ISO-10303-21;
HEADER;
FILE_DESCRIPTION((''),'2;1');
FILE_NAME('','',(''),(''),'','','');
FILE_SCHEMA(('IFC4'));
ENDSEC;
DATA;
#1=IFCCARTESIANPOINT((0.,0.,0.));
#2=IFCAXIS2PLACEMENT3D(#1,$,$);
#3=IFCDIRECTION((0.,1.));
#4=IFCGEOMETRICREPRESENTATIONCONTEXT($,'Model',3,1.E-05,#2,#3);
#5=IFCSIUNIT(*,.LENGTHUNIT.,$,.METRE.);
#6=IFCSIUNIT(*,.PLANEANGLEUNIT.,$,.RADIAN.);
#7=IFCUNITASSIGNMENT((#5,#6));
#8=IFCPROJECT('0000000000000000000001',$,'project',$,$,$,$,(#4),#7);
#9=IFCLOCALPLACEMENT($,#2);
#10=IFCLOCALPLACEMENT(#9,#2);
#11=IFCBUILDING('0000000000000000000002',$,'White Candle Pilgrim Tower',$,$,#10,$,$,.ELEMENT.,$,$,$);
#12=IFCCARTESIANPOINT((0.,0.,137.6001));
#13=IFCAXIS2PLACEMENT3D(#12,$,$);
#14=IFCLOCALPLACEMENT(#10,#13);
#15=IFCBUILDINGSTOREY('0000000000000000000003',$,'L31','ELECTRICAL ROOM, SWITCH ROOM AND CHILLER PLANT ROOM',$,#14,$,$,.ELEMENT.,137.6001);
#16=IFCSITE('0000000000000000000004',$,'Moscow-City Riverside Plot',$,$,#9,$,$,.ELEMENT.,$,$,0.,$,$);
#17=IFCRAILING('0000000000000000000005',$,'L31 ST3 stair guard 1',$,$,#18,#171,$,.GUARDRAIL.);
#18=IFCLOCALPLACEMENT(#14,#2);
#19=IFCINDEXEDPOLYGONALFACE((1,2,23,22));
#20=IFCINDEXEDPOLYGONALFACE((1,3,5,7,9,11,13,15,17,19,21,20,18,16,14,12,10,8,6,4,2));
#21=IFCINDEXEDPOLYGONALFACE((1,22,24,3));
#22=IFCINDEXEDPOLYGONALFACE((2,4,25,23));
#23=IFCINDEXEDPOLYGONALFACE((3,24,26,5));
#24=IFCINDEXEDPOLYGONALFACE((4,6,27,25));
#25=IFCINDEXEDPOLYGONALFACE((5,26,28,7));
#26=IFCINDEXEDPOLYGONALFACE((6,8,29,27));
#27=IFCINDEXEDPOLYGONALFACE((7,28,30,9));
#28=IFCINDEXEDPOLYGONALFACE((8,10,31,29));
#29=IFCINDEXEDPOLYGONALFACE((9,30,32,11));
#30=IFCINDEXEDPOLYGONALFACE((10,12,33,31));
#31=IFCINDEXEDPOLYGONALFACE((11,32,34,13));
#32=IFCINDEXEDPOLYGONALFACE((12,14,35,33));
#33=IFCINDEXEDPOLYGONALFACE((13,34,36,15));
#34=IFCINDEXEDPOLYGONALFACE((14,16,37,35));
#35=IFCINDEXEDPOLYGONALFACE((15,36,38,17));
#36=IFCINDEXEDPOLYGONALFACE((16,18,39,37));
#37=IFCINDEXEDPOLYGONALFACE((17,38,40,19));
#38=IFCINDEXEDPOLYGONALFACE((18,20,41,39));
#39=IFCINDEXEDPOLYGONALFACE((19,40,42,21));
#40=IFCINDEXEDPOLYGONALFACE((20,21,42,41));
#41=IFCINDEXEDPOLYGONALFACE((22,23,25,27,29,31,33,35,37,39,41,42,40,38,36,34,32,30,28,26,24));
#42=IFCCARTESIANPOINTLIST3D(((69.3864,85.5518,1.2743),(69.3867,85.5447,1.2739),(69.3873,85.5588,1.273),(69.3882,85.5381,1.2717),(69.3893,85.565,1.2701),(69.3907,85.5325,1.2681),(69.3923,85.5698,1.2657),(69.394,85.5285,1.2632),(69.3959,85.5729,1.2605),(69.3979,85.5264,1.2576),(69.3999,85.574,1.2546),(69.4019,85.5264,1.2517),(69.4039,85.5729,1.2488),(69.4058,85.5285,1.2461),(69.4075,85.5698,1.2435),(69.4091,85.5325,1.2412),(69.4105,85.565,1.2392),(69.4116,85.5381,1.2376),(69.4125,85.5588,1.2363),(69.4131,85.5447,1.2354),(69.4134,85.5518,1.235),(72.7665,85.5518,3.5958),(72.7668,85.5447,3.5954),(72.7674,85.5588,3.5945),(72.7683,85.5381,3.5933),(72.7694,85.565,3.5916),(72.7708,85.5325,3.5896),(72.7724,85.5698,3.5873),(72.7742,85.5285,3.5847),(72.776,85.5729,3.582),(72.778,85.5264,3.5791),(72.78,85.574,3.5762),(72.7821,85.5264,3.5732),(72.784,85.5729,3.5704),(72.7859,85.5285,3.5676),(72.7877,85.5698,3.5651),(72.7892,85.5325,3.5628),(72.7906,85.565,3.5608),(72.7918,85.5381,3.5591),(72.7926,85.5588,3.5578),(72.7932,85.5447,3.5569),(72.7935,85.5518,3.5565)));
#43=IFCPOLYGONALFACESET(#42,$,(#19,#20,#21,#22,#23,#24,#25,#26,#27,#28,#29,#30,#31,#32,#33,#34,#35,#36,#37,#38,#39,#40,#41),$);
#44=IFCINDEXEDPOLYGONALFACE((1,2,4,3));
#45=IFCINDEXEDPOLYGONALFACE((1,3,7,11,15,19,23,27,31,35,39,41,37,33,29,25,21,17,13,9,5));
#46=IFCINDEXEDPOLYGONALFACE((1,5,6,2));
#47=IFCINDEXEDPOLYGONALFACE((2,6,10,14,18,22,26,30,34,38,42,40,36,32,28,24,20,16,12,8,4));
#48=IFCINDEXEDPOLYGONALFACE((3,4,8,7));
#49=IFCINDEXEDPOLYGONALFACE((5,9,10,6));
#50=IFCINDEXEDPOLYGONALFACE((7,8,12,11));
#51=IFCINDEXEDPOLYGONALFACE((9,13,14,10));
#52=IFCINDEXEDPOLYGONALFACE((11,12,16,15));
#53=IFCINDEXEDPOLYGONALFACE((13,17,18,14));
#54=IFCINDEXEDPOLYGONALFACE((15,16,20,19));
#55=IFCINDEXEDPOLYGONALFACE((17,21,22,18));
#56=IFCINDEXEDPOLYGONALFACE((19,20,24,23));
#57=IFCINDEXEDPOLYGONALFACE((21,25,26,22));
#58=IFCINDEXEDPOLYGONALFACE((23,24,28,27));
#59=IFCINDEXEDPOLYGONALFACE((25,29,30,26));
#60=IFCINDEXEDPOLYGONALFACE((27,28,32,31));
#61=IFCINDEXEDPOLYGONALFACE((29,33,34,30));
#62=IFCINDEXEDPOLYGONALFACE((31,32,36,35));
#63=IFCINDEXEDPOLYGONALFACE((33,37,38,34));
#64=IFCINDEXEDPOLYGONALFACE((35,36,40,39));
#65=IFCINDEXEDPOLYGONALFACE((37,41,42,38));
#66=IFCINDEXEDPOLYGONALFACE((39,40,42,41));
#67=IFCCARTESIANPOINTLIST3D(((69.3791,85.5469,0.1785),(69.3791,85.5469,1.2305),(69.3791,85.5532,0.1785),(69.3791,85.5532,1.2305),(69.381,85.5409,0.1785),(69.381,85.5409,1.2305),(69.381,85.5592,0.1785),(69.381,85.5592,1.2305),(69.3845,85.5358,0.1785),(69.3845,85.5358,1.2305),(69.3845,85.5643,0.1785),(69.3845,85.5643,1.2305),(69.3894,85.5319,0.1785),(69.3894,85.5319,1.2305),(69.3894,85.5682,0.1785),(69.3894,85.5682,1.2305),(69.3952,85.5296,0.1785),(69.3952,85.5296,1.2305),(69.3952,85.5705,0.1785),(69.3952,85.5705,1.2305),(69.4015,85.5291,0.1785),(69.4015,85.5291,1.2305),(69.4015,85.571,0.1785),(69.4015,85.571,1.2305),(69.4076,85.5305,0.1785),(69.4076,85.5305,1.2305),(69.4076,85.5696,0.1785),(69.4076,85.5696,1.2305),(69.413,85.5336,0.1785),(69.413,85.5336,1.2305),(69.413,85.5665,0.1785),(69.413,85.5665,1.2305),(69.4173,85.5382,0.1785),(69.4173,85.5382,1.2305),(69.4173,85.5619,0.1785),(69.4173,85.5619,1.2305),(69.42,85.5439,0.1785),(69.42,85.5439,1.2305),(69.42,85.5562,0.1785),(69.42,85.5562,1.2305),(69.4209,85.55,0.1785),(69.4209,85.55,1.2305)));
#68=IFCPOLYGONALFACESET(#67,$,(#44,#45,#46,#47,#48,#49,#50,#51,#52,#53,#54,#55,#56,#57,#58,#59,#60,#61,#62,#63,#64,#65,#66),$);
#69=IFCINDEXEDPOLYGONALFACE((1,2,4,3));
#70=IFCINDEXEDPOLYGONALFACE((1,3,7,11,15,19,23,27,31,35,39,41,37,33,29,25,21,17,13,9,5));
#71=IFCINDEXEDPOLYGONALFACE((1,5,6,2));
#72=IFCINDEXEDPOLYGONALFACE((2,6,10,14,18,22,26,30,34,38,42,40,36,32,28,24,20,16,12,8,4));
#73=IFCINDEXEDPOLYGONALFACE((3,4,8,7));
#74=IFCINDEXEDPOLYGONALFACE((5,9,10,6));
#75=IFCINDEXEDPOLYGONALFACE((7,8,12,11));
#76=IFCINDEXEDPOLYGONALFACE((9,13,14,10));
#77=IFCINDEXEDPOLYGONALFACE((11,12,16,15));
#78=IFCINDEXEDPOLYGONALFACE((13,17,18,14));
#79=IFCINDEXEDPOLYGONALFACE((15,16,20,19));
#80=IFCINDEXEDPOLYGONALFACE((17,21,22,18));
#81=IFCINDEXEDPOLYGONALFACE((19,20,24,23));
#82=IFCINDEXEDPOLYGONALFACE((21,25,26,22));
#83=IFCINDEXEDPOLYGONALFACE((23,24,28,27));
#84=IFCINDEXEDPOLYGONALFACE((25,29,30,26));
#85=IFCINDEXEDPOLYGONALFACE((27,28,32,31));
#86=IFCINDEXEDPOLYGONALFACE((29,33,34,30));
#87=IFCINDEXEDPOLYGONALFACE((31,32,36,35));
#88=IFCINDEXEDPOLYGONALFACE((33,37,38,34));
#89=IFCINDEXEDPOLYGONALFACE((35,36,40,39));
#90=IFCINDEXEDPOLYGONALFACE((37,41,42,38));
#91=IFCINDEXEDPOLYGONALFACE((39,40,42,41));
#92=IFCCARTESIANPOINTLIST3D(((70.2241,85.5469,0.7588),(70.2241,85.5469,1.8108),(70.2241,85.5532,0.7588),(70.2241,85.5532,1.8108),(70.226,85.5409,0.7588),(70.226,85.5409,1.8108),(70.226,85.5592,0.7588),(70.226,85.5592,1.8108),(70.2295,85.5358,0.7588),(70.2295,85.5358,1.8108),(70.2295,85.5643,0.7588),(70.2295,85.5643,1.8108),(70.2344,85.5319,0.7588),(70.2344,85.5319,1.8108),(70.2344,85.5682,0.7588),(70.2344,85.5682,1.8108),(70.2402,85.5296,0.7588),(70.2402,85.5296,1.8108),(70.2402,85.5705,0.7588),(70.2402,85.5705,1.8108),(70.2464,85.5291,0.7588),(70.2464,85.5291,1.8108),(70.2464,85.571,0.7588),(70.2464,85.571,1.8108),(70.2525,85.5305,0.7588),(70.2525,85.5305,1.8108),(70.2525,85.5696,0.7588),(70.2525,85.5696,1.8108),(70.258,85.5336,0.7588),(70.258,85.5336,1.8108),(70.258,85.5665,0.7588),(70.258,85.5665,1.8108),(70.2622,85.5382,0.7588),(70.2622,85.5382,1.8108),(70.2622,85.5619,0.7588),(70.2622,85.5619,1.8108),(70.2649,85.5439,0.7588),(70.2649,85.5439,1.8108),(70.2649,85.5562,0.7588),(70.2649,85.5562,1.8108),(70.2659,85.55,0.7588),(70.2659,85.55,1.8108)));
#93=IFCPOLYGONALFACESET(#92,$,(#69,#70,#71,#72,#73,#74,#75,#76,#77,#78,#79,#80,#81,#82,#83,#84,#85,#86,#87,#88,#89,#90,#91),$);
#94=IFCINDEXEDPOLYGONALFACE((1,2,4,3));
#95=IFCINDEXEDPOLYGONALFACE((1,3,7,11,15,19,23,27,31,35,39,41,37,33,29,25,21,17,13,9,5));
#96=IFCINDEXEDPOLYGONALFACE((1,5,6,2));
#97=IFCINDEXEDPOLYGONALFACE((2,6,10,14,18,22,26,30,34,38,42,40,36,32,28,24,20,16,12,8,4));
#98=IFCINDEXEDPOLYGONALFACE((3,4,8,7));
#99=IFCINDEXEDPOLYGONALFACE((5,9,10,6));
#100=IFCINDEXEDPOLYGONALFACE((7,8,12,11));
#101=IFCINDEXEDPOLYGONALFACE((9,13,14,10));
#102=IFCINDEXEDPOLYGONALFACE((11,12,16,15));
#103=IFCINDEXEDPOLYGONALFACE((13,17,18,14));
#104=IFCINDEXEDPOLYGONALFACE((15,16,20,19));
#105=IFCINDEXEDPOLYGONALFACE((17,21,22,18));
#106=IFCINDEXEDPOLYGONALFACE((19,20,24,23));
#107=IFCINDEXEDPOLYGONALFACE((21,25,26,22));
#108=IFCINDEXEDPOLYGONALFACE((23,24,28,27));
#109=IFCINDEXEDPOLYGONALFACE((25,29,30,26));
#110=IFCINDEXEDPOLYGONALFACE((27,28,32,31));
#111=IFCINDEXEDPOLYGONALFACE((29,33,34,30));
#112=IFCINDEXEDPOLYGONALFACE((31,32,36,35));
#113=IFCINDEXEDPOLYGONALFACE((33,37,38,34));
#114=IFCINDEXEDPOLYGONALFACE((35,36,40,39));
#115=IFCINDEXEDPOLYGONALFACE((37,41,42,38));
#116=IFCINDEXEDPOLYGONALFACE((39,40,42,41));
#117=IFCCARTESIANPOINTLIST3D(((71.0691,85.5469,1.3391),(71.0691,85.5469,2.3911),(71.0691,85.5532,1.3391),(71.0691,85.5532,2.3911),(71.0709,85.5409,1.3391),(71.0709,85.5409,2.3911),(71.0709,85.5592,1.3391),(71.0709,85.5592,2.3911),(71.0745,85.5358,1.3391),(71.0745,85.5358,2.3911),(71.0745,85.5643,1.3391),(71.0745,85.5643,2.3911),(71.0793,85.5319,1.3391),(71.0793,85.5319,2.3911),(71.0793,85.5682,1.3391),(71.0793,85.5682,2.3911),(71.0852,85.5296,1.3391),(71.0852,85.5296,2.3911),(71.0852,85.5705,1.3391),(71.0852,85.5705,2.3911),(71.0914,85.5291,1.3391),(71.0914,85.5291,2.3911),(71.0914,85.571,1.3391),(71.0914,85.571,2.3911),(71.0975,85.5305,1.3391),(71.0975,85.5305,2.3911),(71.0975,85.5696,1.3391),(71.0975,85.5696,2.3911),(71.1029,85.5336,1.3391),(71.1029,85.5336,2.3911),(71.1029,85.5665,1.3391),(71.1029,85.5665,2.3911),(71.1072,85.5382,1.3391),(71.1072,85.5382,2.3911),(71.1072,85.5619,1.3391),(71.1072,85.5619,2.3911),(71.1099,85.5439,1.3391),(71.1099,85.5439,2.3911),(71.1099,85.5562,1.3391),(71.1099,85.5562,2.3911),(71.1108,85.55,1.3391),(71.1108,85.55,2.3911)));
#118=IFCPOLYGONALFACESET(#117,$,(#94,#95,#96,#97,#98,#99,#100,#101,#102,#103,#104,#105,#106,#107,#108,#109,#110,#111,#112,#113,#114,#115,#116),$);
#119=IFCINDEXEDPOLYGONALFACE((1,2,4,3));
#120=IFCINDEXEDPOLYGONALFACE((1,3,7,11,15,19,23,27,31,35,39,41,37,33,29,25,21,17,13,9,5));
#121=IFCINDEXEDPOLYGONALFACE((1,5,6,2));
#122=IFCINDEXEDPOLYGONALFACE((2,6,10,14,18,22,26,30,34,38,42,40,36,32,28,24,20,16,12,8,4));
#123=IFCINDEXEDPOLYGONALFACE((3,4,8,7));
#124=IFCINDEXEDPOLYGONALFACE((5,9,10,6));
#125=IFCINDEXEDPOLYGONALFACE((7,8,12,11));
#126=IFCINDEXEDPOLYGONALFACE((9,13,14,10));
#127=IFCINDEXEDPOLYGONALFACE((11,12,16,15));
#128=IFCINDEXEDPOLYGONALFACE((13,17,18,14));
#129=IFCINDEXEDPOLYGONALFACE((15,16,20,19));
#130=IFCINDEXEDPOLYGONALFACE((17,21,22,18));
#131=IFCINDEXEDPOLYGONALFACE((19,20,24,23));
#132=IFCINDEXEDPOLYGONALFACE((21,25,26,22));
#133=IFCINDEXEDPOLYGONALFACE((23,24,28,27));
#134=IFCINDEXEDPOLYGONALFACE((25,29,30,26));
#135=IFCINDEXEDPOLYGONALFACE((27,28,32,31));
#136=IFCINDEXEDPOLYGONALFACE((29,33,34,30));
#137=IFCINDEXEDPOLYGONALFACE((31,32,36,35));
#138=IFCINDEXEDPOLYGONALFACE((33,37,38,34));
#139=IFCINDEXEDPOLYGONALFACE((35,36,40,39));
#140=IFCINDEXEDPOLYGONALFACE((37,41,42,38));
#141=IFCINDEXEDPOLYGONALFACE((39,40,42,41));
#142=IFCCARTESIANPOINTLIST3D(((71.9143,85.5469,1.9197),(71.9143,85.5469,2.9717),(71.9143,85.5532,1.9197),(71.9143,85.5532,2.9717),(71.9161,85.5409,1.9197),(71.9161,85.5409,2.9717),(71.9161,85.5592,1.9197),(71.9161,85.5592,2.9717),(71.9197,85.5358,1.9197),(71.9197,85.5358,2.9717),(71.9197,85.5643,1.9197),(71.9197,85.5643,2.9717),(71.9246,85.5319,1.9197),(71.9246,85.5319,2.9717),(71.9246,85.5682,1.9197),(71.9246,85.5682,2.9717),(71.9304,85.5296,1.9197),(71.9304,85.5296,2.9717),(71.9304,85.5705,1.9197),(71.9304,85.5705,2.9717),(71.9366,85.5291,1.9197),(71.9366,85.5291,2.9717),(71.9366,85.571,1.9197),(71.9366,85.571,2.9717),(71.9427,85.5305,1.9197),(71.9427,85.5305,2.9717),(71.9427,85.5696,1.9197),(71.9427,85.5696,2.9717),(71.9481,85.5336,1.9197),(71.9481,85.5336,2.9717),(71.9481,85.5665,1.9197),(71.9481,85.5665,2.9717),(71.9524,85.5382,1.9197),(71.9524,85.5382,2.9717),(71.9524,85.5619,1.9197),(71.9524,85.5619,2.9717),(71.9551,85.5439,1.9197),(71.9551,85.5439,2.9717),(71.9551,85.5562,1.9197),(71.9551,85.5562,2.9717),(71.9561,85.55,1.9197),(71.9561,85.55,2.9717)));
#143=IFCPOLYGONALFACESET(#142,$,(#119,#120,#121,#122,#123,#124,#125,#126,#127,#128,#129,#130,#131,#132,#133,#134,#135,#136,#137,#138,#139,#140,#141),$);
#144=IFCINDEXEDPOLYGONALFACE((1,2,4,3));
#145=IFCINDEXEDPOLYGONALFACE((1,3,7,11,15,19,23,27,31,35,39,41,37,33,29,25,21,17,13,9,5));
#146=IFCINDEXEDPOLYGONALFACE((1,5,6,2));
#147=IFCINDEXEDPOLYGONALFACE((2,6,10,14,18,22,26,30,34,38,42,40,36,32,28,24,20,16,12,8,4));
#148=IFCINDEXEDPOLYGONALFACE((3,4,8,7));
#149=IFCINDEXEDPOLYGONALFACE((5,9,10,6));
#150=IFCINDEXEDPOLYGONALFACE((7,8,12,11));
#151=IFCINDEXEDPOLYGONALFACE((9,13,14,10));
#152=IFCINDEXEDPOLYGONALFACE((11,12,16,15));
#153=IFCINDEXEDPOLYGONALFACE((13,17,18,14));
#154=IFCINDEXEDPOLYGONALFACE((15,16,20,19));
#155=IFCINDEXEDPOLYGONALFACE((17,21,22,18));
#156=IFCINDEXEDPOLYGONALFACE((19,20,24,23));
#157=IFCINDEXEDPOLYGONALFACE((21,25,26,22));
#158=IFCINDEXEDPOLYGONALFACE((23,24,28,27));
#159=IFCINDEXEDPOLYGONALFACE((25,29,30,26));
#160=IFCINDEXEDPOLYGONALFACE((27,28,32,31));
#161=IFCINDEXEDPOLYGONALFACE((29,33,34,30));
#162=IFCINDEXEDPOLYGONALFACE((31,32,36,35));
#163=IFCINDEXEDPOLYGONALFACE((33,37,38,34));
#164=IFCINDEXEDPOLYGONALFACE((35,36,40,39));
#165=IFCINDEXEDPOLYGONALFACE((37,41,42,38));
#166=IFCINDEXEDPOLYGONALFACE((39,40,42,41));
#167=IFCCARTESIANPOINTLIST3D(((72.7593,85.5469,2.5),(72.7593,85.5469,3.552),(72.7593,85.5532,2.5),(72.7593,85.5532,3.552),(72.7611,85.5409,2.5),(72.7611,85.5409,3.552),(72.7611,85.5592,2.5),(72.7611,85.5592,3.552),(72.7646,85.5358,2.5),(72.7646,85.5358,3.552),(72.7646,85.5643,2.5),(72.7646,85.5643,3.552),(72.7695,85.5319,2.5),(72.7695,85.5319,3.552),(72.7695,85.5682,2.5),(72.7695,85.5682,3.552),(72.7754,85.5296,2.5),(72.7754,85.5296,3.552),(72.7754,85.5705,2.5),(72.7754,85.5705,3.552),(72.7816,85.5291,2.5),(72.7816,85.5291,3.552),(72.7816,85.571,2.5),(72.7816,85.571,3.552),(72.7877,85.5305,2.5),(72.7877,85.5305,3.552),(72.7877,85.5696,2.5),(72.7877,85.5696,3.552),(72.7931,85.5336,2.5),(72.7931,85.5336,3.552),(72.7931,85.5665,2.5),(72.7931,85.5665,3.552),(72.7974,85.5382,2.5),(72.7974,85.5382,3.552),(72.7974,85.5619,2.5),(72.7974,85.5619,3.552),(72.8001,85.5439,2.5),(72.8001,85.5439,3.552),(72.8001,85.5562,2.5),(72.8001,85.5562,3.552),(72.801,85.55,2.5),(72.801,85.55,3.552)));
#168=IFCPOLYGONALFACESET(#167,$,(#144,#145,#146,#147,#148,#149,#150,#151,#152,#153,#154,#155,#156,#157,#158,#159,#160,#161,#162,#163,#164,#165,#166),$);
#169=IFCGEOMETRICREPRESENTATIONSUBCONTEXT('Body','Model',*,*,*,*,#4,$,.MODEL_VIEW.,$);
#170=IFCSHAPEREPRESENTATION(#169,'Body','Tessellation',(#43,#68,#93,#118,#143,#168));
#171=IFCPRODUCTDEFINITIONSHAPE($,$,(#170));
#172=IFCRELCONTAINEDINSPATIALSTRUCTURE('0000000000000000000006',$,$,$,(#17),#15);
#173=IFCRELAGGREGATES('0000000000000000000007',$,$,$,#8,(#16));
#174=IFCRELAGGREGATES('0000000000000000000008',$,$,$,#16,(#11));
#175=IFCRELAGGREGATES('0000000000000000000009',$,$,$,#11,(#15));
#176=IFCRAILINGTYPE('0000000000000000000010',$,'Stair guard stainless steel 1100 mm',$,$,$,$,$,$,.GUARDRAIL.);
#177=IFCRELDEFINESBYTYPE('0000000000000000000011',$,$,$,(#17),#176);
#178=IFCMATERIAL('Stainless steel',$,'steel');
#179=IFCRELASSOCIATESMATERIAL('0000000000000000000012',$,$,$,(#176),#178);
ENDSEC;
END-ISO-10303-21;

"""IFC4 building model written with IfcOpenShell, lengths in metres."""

from ifc_helpers import new_model, si_unit, direction, frame, origin, origin_2d, place, context, subcontext, project, spatial, circle, extrude, material, type_object, element, save


model = new_model("IFC4")

# Units and contexts
model_context = context("Model", 3, precision=1e-05, world=origin(), true_north=direction((0.0, 1.0)))
body_context = subcontext(model_context, "Body", "Model", "MODEL_VIEW")
ifc_project = project(units=[si_unit("LENGTHUNIT", "METRE"), si_unit("PLANEANGLEUNIT", "RADIAN")], contexts=[model_context])

# Site, building, storey
site_placement = place(None, origin())
site = spatial("IfcSite", under=ifc_project, at=site_placement, Name="Moscow-City Riverside Plot", CompositionType="ELEMENT", RefElevation=0.0)
building_placement = place(site_placement, origin())
building = spatial("IfcBuilding", under=site, at=building_placement, Name="White Candle Pilgrim Tower", CompositionType="ELEMENT")
storey_placement = place(building_placement, frame((0.0, 0.0, 137.6001)))
storey = spatial("IfcBuildingStorey", under=building, at=storey_placement, Name="L31", Description="ELECTRICAL ROOM, SWITCH ROOM AND CHILLER PLANT ROOM", CompositionType="ELEMENT", Elevation=137.6001)

# Railing
ifc_material_1 = material(Name="Stainless steel", Category="steel")
railing_type_1 = type_object("IfcRailingType", Name="Stair guard stainless steel 1100 mm", PredefinedType="GUARDRAIL", material=ifc_material_1)
railing_1_placement = place(storey_placement, frame((69.3999, 85.55, 0.1785)))
element("IfcRailing", 1, at=railing_1_placement, inside=storey, type_object=railing_type_1, Name="L31 ST3 stair guard 1", PredefinedType="GUARDRAIL", context=body_context, shape_type="SweptSolid", body=[
    extrude(circle(Radius=0.0239, at=origin_2d()), frame((0.0, 0.0, 1.0762), z_axis=(0.824304, 0.0, 0.566147), x_axis=(0.0, 1.0, 0.0)), (0.0, 0.0, 1.0), 4.1006),
    extrude(circle(Radius=0.021, at=origin_2d()), origin(), (0.0, 0.0, 1.0), 1.052),
    extrude(circle(Radius=0.021, at=origin_2d()), frame((0.845, 0.0, 0.5803)), (0.0, 0.0, 1.0), 1.052),
    extrude(circle(Radius=0.021, at=origin_2d()), frame((1.6899, 0.0, 1.1606)), (0.0, 0.0, 1.0), 1.052),
    extrude(circle(Radius=0.021, at=origin_2d()), frame((2.5352, 0.0, 1.7412)), (0.0, 0.0, 1.0), 1.052),
    extrude(circle(Radius=0.021, at=origin_2d()), frame((3.3801, 0.0, 2.3215)), (0.0, 0.0, 1.0), 1.052),
])

save(model, "model.ifc")
